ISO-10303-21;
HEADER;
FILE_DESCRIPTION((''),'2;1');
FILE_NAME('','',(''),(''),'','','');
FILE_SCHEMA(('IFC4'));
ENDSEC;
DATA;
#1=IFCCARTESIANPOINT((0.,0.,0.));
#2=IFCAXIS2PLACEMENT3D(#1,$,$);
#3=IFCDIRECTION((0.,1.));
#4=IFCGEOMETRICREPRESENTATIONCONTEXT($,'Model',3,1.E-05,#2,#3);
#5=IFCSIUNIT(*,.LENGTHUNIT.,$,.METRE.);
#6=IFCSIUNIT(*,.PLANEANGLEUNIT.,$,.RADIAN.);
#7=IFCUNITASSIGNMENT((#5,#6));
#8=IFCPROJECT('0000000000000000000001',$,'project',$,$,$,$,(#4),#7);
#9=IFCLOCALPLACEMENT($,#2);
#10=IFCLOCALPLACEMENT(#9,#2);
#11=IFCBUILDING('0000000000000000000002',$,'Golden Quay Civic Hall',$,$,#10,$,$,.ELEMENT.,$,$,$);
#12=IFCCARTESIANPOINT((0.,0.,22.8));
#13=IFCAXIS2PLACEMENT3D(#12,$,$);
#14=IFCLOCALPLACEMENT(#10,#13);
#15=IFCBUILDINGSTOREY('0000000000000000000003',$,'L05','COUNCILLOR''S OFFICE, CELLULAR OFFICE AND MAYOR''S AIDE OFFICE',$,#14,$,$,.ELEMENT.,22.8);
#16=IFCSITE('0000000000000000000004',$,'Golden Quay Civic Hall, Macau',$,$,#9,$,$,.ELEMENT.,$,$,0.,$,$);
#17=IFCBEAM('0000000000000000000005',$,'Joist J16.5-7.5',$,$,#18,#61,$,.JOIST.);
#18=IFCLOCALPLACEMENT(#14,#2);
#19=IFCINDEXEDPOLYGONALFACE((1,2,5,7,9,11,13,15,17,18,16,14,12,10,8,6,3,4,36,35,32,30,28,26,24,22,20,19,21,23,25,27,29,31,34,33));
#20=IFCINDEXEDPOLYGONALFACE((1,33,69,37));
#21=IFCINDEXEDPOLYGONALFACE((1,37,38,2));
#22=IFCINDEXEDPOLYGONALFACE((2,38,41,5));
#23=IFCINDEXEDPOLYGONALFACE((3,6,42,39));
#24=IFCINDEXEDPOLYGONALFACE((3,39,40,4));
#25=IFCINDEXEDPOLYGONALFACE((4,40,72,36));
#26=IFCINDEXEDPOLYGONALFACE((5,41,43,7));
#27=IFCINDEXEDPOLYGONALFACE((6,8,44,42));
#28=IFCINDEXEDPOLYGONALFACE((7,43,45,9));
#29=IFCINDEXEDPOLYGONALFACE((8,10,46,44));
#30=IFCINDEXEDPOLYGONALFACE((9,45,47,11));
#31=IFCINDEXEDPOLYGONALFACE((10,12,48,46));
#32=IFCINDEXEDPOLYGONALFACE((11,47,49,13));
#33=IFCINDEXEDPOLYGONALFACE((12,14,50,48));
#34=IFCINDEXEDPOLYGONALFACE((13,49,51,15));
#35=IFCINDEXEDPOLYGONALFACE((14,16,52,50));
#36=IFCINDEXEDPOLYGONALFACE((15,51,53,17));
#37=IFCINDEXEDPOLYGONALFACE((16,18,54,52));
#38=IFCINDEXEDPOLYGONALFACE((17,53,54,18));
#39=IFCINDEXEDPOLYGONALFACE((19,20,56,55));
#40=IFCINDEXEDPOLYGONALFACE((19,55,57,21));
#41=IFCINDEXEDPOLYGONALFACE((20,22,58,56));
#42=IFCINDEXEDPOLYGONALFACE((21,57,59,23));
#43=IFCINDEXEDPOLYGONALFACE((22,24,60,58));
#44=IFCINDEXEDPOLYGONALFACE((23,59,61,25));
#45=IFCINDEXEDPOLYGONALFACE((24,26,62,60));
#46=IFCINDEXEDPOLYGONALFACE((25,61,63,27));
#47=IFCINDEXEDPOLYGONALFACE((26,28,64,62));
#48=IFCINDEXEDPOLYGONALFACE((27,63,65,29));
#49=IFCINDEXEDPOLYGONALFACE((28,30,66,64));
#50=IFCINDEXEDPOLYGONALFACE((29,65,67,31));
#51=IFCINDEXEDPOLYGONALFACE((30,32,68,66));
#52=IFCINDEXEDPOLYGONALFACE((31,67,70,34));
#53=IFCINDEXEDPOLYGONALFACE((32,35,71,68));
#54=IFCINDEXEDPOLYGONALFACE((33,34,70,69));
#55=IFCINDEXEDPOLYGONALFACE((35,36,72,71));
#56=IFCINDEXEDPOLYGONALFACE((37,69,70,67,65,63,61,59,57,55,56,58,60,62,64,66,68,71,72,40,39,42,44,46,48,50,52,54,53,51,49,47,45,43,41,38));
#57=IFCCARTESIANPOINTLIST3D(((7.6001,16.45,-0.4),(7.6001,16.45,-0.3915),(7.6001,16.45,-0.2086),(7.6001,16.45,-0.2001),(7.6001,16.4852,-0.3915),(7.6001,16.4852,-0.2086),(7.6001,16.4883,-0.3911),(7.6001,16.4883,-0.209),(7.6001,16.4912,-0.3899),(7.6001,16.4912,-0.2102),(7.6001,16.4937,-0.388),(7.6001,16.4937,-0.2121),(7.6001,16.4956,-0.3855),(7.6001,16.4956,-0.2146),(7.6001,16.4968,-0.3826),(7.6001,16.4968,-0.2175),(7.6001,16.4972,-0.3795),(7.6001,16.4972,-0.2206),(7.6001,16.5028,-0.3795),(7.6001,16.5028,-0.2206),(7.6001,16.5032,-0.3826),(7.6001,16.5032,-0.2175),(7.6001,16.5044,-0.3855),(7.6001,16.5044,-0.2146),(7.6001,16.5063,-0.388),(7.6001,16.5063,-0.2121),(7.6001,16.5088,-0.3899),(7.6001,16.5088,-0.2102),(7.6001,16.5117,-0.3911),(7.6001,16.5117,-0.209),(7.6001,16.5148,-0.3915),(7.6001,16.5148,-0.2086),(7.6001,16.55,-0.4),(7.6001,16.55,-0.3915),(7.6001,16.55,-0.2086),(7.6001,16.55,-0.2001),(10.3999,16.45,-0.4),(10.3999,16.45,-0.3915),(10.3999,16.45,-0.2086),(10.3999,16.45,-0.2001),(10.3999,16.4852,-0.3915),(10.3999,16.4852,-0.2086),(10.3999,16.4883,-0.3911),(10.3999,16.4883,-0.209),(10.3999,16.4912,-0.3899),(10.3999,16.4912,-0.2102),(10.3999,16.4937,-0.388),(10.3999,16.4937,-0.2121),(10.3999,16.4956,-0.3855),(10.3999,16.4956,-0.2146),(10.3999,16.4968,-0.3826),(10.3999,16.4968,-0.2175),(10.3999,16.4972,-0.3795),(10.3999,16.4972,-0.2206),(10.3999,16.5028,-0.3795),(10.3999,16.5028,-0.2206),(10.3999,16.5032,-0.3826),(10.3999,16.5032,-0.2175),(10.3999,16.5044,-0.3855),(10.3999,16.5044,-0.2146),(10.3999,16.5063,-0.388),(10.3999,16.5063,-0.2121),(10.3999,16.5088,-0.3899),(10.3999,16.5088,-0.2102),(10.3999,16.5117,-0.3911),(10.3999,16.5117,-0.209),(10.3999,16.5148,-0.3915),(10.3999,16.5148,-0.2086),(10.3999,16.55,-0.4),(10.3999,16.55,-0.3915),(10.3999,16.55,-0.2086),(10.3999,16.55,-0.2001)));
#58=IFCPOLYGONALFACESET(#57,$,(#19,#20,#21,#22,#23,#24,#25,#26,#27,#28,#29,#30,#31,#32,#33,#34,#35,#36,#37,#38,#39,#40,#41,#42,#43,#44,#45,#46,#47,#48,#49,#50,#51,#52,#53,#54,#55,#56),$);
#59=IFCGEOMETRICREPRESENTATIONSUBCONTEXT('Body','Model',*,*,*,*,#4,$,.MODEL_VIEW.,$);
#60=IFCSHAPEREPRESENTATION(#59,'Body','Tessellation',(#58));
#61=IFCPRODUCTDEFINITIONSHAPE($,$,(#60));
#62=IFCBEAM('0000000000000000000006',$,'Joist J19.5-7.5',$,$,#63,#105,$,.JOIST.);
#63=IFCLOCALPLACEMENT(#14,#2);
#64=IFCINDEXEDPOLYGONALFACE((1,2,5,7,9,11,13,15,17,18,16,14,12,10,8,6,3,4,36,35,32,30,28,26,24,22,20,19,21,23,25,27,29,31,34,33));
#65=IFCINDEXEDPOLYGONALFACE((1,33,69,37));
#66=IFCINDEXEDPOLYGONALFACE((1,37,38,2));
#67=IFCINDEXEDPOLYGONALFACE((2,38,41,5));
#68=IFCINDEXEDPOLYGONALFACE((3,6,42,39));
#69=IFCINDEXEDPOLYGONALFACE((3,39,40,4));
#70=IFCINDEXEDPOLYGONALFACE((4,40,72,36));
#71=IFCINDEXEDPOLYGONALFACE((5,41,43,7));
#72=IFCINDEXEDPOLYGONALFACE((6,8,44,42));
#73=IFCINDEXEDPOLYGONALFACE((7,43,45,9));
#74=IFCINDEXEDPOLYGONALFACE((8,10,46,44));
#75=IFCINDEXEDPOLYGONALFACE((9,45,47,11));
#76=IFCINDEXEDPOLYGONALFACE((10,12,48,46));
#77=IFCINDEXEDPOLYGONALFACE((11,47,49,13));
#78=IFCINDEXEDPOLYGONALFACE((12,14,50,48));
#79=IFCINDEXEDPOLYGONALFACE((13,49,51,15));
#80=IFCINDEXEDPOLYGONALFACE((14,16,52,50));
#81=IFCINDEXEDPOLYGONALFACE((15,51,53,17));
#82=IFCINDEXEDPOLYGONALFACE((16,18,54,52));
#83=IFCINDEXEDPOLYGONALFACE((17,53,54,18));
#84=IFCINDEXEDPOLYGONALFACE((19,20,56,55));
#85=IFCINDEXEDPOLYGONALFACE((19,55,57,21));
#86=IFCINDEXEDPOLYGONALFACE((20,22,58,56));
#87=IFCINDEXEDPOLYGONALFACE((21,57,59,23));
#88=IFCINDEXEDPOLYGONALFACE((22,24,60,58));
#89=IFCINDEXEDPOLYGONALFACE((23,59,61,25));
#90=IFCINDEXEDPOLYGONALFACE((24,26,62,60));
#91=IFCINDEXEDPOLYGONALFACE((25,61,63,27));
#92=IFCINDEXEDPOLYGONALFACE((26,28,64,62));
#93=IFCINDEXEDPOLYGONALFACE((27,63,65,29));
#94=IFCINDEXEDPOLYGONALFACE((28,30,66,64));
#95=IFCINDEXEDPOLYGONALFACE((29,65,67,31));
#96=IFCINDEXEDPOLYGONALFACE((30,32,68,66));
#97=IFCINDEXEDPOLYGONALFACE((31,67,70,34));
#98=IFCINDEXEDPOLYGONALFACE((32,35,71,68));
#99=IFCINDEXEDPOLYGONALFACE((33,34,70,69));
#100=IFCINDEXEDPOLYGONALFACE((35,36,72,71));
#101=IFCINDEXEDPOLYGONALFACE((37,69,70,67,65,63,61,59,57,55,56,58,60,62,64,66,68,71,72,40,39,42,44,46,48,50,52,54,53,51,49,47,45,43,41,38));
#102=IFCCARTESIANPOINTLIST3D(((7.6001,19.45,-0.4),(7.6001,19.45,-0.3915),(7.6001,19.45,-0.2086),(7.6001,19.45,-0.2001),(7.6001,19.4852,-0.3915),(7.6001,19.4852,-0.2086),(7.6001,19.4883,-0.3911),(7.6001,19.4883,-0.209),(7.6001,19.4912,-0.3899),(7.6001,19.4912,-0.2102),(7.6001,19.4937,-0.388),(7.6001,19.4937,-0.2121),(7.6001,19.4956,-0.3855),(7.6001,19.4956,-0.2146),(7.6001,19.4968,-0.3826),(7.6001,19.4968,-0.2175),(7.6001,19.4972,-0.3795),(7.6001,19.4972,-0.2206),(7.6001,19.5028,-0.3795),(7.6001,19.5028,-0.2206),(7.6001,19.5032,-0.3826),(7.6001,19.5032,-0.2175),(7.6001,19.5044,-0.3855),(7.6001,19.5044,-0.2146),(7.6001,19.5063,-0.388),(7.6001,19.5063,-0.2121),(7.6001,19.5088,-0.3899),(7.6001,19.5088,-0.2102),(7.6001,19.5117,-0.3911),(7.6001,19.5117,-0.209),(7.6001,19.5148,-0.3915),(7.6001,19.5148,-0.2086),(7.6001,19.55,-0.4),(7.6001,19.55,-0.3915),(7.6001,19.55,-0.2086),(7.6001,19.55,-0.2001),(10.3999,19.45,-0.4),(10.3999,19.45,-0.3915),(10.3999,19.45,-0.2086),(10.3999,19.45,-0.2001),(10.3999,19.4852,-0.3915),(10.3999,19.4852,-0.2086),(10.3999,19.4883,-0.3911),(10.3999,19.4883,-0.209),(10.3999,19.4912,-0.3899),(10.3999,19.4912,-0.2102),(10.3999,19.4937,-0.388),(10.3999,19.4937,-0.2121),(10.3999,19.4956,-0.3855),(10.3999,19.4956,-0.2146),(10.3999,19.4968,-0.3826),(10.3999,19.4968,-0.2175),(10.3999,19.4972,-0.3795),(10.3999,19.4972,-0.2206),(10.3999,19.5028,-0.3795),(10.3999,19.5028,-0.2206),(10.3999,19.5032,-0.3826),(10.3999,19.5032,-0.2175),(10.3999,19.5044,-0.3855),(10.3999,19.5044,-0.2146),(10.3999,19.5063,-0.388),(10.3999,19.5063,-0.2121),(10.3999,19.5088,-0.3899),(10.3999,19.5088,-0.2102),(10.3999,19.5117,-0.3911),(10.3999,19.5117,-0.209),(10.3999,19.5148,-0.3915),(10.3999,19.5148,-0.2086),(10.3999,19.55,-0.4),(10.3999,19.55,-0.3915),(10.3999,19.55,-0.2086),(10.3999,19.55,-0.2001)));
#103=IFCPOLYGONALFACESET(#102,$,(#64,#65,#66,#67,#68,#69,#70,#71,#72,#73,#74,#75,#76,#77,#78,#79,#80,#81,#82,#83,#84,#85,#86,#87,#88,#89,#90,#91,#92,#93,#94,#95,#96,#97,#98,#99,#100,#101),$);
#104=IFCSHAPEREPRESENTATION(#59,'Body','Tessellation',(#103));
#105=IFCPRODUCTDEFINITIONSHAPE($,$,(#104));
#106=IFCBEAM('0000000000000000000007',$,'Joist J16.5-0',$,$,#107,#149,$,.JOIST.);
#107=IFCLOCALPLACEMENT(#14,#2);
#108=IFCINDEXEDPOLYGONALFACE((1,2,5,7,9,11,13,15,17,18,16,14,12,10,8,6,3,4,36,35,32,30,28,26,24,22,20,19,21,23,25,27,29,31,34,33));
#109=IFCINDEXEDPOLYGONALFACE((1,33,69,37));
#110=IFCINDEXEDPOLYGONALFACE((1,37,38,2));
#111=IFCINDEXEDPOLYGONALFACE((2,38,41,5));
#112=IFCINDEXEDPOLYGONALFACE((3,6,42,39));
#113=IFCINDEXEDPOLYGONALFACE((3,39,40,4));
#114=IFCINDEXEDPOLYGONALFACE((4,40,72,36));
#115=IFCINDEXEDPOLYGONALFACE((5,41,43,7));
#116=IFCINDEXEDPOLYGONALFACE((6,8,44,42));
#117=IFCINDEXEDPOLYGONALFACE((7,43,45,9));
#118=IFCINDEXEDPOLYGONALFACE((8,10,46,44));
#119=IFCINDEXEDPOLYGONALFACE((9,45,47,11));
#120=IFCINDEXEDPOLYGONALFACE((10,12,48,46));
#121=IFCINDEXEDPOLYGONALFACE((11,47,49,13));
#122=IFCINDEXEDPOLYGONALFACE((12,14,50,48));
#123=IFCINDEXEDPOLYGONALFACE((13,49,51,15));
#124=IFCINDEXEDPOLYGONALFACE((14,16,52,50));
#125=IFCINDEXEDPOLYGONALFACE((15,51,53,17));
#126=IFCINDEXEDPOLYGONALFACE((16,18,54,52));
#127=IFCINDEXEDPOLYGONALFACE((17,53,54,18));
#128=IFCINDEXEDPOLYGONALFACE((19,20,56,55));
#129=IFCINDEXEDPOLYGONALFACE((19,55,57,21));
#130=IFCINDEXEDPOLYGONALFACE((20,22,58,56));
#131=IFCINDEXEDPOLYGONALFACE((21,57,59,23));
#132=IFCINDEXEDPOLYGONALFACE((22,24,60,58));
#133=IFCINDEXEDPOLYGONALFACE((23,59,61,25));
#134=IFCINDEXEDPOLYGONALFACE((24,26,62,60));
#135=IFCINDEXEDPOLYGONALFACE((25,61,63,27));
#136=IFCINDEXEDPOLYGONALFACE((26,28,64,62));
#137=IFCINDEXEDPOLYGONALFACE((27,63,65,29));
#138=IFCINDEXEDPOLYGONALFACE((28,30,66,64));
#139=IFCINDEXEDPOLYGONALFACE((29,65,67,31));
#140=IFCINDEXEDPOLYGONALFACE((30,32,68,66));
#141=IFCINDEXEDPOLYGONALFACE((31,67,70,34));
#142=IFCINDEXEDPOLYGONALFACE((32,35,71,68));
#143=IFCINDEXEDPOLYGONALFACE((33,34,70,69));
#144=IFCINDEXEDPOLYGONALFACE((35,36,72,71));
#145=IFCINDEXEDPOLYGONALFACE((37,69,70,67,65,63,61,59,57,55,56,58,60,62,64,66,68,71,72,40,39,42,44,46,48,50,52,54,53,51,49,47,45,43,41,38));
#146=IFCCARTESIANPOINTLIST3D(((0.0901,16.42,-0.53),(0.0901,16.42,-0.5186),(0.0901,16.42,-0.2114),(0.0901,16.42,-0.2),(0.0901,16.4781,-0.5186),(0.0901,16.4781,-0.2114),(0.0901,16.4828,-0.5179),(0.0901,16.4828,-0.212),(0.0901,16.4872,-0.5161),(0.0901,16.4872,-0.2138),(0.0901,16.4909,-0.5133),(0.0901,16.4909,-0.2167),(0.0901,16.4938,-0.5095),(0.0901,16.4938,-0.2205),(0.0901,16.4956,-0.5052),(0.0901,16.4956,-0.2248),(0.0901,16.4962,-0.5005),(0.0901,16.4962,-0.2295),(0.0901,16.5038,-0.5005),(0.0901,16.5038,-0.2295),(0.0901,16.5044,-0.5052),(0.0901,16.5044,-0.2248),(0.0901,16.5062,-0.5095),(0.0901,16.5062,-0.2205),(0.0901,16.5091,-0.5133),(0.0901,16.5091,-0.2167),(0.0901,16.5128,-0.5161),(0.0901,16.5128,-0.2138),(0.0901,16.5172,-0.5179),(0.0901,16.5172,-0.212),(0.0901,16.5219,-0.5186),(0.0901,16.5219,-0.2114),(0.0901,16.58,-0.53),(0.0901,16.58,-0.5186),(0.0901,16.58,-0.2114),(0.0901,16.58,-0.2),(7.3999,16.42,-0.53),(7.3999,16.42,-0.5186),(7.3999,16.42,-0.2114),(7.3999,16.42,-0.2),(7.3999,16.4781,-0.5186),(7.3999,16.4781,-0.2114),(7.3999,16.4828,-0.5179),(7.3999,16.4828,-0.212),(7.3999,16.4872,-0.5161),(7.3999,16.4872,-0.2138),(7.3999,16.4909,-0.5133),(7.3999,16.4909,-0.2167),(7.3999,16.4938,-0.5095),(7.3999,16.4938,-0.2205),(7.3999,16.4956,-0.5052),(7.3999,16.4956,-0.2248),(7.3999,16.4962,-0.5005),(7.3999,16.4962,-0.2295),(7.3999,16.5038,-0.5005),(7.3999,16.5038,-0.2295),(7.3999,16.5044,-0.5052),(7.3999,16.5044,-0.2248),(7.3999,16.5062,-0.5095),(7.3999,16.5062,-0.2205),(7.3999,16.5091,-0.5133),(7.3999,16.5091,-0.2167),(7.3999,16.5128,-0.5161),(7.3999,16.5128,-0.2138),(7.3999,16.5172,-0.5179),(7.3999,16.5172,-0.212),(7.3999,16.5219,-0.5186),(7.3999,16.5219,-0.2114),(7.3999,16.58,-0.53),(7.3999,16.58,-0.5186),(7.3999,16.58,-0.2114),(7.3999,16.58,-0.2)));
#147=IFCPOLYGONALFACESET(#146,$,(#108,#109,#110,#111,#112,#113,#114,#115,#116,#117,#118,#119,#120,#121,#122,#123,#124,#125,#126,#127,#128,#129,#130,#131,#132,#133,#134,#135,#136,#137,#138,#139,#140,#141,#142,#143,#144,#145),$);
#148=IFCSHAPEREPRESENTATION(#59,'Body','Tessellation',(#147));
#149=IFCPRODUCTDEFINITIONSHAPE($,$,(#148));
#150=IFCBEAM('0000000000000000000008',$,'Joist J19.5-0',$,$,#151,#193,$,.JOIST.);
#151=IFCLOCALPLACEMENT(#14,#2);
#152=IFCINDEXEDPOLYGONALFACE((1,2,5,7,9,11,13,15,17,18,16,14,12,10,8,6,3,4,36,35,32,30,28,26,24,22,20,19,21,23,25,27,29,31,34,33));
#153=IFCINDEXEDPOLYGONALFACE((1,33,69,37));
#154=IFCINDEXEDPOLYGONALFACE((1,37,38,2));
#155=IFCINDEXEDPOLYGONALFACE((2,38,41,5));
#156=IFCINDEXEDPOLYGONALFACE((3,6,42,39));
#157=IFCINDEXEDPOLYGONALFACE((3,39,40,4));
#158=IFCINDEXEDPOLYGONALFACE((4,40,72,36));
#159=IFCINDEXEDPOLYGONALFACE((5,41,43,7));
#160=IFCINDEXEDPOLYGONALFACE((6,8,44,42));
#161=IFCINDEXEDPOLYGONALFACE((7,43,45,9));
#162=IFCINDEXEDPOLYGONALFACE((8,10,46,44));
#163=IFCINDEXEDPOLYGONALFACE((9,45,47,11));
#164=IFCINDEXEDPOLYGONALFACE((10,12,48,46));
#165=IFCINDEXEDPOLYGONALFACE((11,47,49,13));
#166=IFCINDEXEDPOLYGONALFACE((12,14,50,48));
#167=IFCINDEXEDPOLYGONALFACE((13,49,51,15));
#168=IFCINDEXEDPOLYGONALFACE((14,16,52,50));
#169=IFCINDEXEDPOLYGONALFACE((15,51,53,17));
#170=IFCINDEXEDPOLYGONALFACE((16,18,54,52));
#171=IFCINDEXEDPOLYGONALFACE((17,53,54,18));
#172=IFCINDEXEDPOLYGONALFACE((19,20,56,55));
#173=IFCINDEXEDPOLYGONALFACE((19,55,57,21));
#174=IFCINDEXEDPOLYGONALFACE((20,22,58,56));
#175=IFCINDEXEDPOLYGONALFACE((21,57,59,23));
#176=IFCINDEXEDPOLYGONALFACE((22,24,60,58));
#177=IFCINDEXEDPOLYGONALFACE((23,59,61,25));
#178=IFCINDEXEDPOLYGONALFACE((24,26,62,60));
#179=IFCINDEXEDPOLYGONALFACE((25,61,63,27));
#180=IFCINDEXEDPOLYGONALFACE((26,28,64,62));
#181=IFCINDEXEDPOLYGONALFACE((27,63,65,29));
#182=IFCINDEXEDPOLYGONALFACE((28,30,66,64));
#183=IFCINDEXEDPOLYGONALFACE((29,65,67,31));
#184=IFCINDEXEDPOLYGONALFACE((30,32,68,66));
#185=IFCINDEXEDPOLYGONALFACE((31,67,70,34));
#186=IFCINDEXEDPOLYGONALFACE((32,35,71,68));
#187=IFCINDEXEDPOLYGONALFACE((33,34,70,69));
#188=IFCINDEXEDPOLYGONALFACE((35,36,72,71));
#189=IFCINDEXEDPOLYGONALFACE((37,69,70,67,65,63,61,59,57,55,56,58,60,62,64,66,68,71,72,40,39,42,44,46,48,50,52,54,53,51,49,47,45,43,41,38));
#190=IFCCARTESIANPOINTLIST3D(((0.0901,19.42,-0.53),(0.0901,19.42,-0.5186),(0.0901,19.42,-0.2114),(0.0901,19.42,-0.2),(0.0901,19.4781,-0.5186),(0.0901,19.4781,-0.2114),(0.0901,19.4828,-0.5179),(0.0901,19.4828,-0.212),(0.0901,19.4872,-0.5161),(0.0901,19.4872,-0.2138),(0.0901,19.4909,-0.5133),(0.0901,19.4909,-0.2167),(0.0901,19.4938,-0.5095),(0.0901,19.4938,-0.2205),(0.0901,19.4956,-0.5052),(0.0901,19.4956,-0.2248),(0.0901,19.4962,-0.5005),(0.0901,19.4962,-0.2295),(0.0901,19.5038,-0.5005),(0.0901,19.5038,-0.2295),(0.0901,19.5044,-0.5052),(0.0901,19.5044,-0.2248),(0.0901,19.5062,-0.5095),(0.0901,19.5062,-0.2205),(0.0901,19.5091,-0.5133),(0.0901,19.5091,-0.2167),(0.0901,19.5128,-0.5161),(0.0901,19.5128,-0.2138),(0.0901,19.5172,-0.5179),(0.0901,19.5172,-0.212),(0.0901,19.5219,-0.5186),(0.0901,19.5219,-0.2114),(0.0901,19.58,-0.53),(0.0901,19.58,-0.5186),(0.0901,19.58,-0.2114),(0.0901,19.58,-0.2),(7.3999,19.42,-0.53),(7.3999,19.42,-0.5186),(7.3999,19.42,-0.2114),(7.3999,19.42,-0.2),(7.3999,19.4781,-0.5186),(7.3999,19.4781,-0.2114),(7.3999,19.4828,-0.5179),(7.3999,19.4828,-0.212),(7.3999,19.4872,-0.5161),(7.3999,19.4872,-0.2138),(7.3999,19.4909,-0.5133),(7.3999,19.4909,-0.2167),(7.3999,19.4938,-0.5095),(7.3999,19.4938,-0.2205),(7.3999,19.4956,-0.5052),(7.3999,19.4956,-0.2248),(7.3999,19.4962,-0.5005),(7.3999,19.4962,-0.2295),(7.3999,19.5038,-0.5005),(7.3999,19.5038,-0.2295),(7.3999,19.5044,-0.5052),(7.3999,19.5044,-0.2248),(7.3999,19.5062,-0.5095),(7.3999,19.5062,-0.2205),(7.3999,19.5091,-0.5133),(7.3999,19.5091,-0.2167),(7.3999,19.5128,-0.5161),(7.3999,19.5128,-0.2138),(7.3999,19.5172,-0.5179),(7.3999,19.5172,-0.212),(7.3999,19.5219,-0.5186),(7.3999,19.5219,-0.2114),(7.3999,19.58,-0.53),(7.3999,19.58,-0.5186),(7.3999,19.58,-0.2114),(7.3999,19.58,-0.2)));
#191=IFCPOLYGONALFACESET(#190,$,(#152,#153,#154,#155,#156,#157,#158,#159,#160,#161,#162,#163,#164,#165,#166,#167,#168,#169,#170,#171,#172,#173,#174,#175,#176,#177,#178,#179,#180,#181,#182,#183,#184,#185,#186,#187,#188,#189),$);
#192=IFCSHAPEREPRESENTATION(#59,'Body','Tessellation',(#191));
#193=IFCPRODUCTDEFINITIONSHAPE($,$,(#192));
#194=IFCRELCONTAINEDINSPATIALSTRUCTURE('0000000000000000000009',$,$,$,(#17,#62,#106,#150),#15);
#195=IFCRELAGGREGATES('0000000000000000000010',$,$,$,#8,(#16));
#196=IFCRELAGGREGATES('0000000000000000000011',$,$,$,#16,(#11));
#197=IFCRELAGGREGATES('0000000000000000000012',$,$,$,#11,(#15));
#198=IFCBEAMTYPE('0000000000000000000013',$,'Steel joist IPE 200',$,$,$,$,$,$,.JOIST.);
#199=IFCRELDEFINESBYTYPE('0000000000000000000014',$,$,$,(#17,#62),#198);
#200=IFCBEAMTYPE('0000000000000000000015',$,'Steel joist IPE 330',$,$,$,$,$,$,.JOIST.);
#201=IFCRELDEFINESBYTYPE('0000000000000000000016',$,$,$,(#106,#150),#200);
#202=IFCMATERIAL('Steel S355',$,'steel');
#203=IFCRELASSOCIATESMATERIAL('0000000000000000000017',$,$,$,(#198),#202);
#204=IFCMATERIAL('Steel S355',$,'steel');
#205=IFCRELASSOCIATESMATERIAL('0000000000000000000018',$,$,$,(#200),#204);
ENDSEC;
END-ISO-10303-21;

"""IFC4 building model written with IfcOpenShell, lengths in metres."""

from ifc_helpers import new_model, si_unit, direction, frame, origin, origin_2d, place, context, subcontext, project, spatial, i_section, extrude, material, material_profile, profile_set, type_object, element, save


model = new_model("IFC4")

# Units and contexts
model_context = context("Model", 3, precision=1e-05, world=origin(), true_north=direction((0.0, 1.0)))
body_context = subcontext(model_context, "Body", "Model", "MODEL_VIEW")
ifc_project = project(units=[si_unit("LENGTHUNIT", "METRE"), si_unit("PLANEANGLEUNIT", "RADIAN")], contexts=[model_context])

# Site, building, storey
site_placement = place(None, origin())
site = spatial("IfcSite", under=ifc_project, at=site_placement, Name="Golden Quay Civic Hall, Macau", CompositionType="ELEMENT", RefElevation=0.0)
building_placement = place(site_placement, origin())
building = spatial("IfcBuilding", under=site, at=building_placement, Name="Golden Quay Civic Hall", CompositionType="ELEMENT")
storey_placement = place(building_placement, frame((0.0, 0.0, 22.8)))
storey = spatial("IfcBuildingStorey", under=building, at=storey_placement, Name="L05", Description="COUNCILLOR'S OFFICE, CELLULAR OFFICE AND MAYOR'S AIDE OFFICE", CompositionType="ELEMENT", Elevation=22.8)

# Beams
ifc_material_1 = material(Name="Steel S355", Category="steel")
ifc_material_profile_1 = material_profile(ifc_material_1, i_section(OverallWidth=0.1001, OverallDepth=0.2, WebThickness=0.0056, FlangeThickness=0.0085, FilletRadius=0.012, at=origin_2d()), Name="IPE 200")
ifc_profile_set_1 = profile_set([ifc_material_profile_1], Name="Steel S355")
beam_type_1 = type_object("IfcBeamType", Name="Steel joist IPE 200", PredefinedType="JOIST", material=ifc_profile_set_1)
for number, where, z_axis, x_axis, name in (
    (1, (7.6001, 16.5, -0.3), (1.0, 0.0, 0.0), (0.0, 1.0, 0.0), "Joist J16.5-7.5"),
    (2, (7.6001, 19.5, -0.3), (1.0, 0.0, 0.0), (0.0, 1.0, 0.0), "Joist J19.5-7.5"),
):
    element("IfcBeam", number, at=place(storey_placement, frame(where, z_axis=z_axis, x_axis=x_axis)), inside=storey, type_object=beam_type_1, Name=name, PredefinedType="JOIST", context=body_context, shape_type="SweptSolid", body=[
        extrude(i_section(OverallWidth=0.1001, OverallDepth=0.2, WebThickness=0.0056, FlangeThickness=0.0085, FilletRadius=0.012, at=origin_2d()), origin(), (0.0, 0.0, 1.0), 2.7998),
    ])
ifc_material_2 = material(Name="Steel S355", Category="steel")
ifc_material_profile_2 = material_profile(ifc_material_2, i_section(OverallWidth=0.1599, OverallDepth=0.3301, WebThickness=0.0076, FlangeThickness=0.0115, FilletRadius=0.0181, at=origin_2d()), Name="IPE 330")
ifc_profile_set_2 = profile_set([ifc_material_profile_2], Name="Steel S355")
beam_type_2 = type_object("IfcBeamType", Name="Steel joist IPE 330", PredefinedType="JOIST", material=ifc_profile_set_2)
for number, where, z_axis, x_axis, name in (
    (3, (0.0901, 16.5, -0.365), (1.0, 0.0, 0.0), (0.0, 1.0, 0.0), "Joist J16.5-0"),
    (4, (0.0901, 19.5, -0.365), (1.0, 0.0, 0.0), (0.0, 1.0, 0.0), "Joist J19.5-0"),
):
    element("IfcBeam", number, at=place(storey_placement, frame(where, z_axis=z_axis, x_axis=x_axis)), inside=storey, type_object=beam_type_2, Name=name, PredefinedType="JOIST", context=body_context, shape_type="SweptSolid", body=[
        extrude(i_section(OverallWidth=0.1599, OverallDepth=0.3301, WebThickness=0.0076, FlangeThickness=0.0115, FilletRadius=0.0181, at=origin_2d()), origin(), (0.0, 0.0, 1.0), 7.3098),
    ])

save(model, "model.ifc")
